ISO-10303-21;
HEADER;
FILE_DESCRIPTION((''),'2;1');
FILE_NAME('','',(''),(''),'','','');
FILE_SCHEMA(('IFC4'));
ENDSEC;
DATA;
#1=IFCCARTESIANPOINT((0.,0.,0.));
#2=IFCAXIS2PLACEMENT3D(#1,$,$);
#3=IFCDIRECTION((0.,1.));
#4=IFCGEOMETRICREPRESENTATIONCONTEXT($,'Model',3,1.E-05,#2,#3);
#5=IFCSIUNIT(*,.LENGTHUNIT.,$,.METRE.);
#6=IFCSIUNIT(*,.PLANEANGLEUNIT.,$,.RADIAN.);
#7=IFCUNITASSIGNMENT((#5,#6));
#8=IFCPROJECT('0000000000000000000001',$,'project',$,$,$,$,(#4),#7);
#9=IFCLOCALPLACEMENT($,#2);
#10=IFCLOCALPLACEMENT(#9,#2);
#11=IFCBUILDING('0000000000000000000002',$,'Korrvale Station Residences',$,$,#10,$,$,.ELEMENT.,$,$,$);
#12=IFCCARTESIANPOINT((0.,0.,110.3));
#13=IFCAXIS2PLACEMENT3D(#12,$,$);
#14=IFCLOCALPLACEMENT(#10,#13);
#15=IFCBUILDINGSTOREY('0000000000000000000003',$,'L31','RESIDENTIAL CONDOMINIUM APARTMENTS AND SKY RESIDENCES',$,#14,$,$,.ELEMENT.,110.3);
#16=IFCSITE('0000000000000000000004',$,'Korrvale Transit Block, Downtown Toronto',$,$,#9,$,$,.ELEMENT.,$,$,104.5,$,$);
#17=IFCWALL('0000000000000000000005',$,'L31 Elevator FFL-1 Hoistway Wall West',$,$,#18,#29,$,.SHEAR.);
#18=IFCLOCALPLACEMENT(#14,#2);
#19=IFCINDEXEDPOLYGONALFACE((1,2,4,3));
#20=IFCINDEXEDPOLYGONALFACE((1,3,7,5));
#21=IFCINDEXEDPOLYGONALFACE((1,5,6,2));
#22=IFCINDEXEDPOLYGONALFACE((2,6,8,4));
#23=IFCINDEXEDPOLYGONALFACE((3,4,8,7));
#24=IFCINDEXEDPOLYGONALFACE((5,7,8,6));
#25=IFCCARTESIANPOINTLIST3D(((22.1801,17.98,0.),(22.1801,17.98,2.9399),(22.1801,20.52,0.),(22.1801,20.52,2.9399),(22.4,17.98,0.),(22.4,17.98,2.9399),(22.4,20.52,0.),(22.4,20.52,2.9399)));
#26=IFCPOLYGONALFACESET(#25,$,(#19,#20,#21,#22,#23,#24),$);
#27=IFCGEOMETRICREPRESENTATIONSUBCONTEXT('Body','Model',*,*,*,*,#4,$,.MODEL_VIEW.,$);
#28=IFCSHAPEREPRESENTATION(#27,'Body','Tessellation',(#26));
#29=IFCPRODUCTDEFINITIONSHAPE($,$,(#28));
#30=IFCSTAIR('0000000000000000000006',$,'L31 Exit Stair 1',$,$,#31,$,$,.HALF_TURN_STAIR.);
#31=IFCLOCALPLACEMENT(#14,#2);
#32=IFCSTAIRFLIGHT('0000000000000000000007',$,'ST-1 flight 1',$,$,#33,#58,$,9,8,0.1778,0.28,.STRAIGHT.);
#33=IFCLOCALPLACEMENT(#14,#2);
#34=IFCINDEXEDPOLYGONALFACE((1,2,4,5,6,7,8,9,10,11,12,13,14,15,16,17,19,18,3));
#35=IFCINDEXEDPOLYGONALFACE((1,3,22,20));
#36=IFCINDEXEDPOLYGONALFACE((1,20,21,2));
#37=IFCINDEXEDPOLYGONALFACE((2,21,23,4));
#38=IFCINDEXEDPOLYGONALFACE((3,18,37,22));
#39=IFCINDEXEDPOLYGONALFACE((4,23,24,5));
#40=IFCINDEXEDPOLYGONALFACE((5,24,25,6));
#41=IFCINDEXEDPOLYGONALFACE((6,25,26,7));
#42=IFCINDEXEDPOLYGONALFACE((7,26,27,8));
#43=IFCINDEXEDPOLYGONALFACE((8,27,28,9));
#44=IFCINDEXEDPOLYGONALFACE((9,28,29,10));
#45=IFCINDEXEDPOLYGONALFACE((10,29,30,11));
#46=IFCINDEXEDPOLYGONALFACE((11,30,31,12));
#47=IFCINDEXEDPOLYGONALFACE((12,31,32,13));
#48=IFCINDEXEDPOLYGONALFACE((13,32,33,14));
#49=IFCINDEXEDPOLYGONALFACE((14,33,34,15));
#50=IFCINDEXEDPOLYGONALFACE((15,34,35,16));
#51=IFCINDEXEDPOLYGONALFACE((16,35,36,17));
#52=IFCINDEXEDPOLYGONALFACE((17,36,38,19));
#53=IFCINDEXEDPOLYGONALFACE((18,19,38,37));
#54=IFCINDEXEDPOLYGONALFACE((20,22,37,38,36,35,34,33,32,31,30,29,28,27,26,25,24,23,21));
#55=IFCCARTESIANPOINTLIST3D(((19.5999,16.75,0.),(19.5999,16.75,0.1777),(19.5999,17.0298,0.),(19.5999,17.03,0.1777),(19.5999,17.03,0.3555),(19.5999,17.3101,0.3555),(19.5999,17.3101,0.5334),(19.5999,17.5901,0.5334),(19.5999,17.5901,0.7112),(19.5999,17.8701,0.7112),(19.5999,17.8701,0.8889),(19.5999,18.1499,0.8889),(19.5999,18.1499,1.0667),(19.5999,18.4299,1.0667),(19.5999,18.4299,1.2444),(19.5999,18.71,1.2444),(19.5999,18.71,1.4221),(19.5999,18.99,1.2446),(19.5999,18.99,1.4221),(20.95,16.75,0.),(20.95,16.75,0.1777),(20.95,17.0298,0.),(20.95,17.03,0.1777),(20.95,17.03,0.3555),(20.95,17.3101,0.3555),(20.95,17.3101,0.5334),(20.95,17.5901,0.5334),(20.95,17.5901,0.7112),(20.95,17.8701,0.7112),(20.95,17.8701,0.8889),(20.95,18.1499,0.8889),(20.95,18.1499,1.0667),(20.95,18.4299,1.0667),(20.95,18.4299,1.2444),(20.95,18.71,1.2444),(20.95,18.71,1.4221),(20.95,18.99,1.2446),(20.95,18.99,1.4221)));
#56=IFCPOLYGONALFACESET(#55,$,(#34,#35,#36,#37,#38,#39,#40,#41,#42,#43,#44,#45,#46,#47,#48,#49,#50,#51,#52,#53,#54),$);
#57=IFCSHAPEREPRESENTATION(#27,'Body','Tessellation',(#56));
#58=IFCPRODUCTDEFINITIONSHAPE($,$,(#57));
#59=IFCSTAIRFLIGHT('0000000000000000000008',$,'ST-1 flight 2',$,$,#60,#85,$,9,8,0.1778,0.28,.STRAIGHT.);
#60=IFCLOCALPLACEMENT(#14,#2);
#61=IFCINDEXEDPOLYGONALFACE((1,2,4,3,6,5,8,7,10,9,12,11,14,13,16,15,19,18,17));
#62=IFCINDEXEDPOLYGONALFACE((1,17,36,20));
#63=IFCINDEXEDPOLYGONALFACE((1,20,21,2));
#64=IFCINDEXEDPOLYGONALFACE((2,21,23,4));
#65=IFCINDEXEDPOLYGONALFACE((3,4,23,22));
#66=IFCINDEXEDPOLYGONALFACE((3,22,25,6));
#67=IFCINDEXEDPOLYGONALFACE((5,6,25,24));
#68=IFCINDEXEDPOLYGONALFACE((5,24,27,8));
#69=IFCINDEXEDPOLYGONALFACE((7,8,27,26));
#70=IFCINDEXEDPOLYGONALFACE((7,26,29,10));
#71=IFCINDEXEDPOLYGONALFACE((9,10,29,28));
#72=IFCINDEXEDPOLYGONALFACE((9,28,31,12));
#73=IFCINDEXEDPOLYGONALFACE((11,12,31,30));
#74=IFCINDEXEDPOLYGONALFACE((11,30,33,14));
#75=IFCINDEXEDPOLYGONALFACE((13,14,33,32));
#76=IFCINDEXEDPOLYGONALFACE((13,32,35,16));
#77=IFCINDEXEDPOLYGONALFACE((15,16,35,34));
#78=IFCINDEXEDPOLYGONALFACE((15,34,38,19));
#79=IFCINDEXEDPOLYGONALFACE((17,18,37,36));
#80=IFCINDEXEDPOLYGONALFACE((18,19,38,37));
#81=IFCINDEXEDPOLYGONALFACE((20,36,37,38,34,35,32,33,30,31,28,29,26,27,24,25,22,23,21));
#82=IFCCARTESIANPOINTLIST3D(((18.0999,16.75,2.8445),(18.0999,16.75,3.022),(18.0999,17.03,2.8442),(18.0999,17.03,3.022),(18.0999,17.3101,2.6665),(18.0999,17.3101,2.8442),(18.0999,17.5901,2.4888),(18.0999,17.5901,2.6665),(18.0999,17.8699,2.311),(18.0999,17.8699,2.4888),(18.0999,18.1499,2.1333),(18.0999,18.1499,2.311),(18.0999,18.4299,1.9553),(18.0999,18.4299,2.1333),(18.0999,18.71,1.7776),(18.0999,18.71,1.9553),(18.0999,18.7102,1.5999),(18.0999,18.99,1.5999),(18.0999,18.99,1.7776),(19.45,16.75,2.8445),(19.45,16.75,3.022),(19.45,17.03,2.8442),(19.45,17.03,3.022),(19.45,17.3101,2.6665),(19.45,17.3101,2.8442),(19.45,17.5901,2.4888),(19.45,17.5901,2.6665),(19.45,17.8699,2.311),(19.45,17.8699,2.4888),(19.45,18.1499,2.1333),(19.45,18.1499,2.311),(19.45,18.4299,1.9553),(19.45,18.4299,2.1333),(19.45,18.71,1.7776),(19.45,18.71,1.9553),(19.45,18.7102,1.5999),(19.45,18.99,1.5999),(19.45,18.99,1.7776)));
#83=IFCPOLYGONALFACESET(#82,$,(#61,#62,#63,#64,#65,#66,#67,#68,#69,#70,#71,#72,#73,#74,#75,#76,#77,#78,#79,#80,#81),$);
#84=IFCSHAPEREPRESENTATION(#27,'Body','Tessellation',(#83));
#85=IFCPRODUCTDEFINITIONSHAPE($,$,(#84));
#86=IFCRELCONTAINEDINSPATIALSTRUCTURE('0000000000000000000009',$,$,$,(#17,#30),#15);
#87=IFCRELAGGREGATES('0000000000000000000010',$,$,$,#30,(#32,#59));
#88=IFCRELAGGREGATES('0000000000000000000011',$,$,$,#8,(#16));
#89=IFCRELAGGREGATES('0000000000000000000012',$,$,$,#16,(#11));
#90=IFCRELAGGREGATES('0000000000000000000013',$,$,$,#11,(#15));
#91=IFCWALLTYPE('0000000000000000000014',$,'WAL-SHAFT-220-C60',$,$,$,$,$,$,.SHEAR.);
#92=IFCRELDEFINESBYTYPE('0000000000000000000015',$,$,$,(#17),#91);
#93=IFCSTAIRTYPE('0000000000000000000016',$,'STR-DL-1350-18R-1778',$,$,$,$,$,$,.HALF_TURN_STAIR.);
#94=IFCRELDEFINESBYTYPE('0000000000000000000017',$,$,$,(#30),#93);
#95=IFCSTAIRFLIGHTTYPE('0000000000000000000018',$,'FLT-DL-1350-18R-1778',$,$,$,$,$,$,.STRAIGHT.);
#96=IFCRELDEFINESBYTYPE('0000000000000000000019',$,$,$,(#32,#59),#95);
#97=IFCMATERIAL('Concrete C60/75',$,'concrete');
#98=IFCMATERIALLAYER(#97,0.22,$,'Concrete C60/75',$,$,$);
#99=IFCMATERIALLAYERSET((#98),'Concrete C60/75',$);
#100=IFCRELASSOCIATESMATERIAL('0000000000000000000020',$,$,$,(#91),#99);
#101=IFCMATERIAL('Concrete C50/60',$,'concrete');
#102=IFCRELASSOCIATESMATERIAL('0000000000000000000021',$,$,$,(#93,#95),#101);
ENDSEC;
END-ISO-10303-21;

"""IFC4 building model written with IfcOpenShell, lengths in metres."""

from ifc_helpers import new_model, si_unit, direction, frame, frame_2d, origin, place, context, subcontext, project, spatial, polyline, rectangle, outline, extrude, material, layer, layer_set, type_object, element, aggregate, save


model = new_model("IFC4")

# Units and contexts
model_context = context("Model", 3, precision=1e-05, world=origin(), true_north=direction((0.0, 1.0)))
body_context = subcontext(model_context, "Body", "Model", "MODEL_VIEW")
ifc_project = project(units=[si_unit("LENGTHUNIT", "METRE"), si_unit("PLANEANGLEUNIT", "RADIAN")], contexts=[model_context])

# Site, building, storey
site_placement = place(None, origin())
site = spatial("IfcSite", under=ifc_project, at=site_placement, Name="Korrvale Transit Block, Downtown Toronto", CompositionType="ELEMENT", RefElevation=104.5)
building_placement = place(site_placement, origin())
building = spatial("IfcBuilding", under=site, at=building_placement, Name="Korrvale Station Residences", CompositionType="ELEMENT")
storey_placement = place(building_placement, frame((0.0, 0.0, 110.3)))
storey = spatial("IfcBuildingStorey", under=building, at=storey_placement, Name="L31", Description="RESIDENTIAL CONDOMINIUM APARTMENTS AND SKY RESIDENCES", CompositionType="ELEMENT", Elevation=110.3)

# Shared definitions
ifc_material_1 = material(Name="Concrete C60/75", Category="concrete")

# Shared definitions
ifc_layer_1 = layer(ifc_material_1, 0.22, Name="Concrete C60/75")
ifc_layer_set_1 = layer_set([ifc_layer_1], Name="Concrete C60/75")
wall_type_1 = type_object("IfcWallType", Name="WAL-SHAFT-220-C60", PredefinedType="SHEAR", material=ifc_layer_set_1)

# Wall
wall_1_placement = place(storey_placement, frame((22.29, 17.98, 0.0), z_axis=(0.0, 0.0, 1.0), x_axis=(0.0, 1.0, 0.0)))
element("IfcWall", 1, at=wall_1_placement, inside=storey, type_object=wall_type_1, Name="L31 Elevator FFL-1 Hoistway Wall West", PredefinedType="SHEAR", context=body_context, shape_type="SweptSolid", body=[
    extrude(rectangle(XDim=2.54, YDim=0.22, at=frame_2d((1.27, 0.0))), origin(), (0.0, 0.0, 1.0), 2.9399),
])

# Stair, stair flights
ifc_material_2 = material(Name="Concrete C50/60", Category="concrete")
stair_type = type_object("IfcStairType", Name="STR-DL-1350-18R-1778", PredefinedType="HALF_TURN_STAIR", material=ifc_material_2)
stair_placement = place(storey_placement, origin())
stair = element("IfcStair", 2, at=stair_placement, inside=storey, type_object=stair_type, Name="L31 Exit Stair 1", PredefinedType="HALF_TURN_STAIR")
stair_flight_type = type_object("IfcStairFlightType", Name="FLT-DL-1350-18R-1778", PredefinedType="STRAIGHT", material=ifc_material_2)
stair_flight_1_placement = place(storey_placement, frame((20.2749, 16.75, 0.0), z_axis=(0.0, 0.0, 1.0), x_axis=(0.0, 1.0, 0.0)))
stair_flight_1 = element("IfcStairFlight", 3, at=stair_flight_1_placement, type_object=stair_flight_type, Name="ST-1 flight 1", NumberOfRisers=9, NumberOfTreads=8, PredefinedType="STRAIGHT", RiserHeight=0.1778, TreadLength=0.28, context=body_context, shape_type="SweptSolid", body=[
    extrude(outline(polyline([(0.0, 0.0), (0.0, 0.1777), (0.28, 0.1777), (0.28, 0.3555), (0.5601, 0.3555), (0.5601, 0.5334), (0.8401, 0.5334), (0.8401, 0.7112), (1.1201, 0.7112), (1.1201, 0.8889), (1.3999, 0.8889), (1.3999, 1.0667), (1.6799, 1.0667), (1.6799, 1.2444), (1.96, 1.2444), (1.96, 1.4221), (2.24, 1.4221), (2.24, 1.6001), (2.24, 1.2446), (0.2798, 0.0), (0.0, 0.0)])), frame((0.0, 0.675, 0.0), z_axis=(0.0, -1.0, 0.0), x_axis=(1.0, 0.0, 0.0)), (0.0, 0.0, 1.0), 1.3501),
])
stair_flight_2_placement = place(storey_placement, frame((18.7749, 18.99, 1.5999), z_axis=(0.0, 0.0, 1.0), x_axis=(0.0, -1.0, 0.0)))
stair_flight_2 = element("IfcStairFlight", 4, at=stair_flight_2_placement, type_object=stair_flight_type, Name="ST-1 flight 2", NumberOfRisers=9, NumberOfTreads=8, PredefinedType="STRAIGHT", RiserHeight=0.1778, TreadLength=0.28, context=body_context, shape_type="SweptSolid", body=[
    extrude(outline(polyline([(0.0, 0.0), (0.0, 0.1777), (0.28, 0.1777), (0.28, 0.3555), (0.5601, 0.3555), (0.5601, 0.5334), (0.8401, 0.5334), (0.8401, 0.7112), (1.1201, 0.7112), (1.1201, 0.8889), (1.3999, 0.8889), (1.3999, 1.0667), (1.6799, 1.0667), (1.6799, 1.2444), (1.96, 1.2444), (1.96, 1.4221), (2.24, 1.4221), (2.24, 1.6001), (2.24, 1.2446), (0.2798, 0.0), (0.0, 0.0)])), frame((0.0, 0.675, 0.0), z_axis=(0.0, -1.0, 0.0), x_axis=(1.0, 0.0, 0.0)), (0.0, 0.0, 1.0), 1.3501),
])
aggregate(stair, [stair_flight_1, stair_flight_2])

save(model, "model.ifc")
